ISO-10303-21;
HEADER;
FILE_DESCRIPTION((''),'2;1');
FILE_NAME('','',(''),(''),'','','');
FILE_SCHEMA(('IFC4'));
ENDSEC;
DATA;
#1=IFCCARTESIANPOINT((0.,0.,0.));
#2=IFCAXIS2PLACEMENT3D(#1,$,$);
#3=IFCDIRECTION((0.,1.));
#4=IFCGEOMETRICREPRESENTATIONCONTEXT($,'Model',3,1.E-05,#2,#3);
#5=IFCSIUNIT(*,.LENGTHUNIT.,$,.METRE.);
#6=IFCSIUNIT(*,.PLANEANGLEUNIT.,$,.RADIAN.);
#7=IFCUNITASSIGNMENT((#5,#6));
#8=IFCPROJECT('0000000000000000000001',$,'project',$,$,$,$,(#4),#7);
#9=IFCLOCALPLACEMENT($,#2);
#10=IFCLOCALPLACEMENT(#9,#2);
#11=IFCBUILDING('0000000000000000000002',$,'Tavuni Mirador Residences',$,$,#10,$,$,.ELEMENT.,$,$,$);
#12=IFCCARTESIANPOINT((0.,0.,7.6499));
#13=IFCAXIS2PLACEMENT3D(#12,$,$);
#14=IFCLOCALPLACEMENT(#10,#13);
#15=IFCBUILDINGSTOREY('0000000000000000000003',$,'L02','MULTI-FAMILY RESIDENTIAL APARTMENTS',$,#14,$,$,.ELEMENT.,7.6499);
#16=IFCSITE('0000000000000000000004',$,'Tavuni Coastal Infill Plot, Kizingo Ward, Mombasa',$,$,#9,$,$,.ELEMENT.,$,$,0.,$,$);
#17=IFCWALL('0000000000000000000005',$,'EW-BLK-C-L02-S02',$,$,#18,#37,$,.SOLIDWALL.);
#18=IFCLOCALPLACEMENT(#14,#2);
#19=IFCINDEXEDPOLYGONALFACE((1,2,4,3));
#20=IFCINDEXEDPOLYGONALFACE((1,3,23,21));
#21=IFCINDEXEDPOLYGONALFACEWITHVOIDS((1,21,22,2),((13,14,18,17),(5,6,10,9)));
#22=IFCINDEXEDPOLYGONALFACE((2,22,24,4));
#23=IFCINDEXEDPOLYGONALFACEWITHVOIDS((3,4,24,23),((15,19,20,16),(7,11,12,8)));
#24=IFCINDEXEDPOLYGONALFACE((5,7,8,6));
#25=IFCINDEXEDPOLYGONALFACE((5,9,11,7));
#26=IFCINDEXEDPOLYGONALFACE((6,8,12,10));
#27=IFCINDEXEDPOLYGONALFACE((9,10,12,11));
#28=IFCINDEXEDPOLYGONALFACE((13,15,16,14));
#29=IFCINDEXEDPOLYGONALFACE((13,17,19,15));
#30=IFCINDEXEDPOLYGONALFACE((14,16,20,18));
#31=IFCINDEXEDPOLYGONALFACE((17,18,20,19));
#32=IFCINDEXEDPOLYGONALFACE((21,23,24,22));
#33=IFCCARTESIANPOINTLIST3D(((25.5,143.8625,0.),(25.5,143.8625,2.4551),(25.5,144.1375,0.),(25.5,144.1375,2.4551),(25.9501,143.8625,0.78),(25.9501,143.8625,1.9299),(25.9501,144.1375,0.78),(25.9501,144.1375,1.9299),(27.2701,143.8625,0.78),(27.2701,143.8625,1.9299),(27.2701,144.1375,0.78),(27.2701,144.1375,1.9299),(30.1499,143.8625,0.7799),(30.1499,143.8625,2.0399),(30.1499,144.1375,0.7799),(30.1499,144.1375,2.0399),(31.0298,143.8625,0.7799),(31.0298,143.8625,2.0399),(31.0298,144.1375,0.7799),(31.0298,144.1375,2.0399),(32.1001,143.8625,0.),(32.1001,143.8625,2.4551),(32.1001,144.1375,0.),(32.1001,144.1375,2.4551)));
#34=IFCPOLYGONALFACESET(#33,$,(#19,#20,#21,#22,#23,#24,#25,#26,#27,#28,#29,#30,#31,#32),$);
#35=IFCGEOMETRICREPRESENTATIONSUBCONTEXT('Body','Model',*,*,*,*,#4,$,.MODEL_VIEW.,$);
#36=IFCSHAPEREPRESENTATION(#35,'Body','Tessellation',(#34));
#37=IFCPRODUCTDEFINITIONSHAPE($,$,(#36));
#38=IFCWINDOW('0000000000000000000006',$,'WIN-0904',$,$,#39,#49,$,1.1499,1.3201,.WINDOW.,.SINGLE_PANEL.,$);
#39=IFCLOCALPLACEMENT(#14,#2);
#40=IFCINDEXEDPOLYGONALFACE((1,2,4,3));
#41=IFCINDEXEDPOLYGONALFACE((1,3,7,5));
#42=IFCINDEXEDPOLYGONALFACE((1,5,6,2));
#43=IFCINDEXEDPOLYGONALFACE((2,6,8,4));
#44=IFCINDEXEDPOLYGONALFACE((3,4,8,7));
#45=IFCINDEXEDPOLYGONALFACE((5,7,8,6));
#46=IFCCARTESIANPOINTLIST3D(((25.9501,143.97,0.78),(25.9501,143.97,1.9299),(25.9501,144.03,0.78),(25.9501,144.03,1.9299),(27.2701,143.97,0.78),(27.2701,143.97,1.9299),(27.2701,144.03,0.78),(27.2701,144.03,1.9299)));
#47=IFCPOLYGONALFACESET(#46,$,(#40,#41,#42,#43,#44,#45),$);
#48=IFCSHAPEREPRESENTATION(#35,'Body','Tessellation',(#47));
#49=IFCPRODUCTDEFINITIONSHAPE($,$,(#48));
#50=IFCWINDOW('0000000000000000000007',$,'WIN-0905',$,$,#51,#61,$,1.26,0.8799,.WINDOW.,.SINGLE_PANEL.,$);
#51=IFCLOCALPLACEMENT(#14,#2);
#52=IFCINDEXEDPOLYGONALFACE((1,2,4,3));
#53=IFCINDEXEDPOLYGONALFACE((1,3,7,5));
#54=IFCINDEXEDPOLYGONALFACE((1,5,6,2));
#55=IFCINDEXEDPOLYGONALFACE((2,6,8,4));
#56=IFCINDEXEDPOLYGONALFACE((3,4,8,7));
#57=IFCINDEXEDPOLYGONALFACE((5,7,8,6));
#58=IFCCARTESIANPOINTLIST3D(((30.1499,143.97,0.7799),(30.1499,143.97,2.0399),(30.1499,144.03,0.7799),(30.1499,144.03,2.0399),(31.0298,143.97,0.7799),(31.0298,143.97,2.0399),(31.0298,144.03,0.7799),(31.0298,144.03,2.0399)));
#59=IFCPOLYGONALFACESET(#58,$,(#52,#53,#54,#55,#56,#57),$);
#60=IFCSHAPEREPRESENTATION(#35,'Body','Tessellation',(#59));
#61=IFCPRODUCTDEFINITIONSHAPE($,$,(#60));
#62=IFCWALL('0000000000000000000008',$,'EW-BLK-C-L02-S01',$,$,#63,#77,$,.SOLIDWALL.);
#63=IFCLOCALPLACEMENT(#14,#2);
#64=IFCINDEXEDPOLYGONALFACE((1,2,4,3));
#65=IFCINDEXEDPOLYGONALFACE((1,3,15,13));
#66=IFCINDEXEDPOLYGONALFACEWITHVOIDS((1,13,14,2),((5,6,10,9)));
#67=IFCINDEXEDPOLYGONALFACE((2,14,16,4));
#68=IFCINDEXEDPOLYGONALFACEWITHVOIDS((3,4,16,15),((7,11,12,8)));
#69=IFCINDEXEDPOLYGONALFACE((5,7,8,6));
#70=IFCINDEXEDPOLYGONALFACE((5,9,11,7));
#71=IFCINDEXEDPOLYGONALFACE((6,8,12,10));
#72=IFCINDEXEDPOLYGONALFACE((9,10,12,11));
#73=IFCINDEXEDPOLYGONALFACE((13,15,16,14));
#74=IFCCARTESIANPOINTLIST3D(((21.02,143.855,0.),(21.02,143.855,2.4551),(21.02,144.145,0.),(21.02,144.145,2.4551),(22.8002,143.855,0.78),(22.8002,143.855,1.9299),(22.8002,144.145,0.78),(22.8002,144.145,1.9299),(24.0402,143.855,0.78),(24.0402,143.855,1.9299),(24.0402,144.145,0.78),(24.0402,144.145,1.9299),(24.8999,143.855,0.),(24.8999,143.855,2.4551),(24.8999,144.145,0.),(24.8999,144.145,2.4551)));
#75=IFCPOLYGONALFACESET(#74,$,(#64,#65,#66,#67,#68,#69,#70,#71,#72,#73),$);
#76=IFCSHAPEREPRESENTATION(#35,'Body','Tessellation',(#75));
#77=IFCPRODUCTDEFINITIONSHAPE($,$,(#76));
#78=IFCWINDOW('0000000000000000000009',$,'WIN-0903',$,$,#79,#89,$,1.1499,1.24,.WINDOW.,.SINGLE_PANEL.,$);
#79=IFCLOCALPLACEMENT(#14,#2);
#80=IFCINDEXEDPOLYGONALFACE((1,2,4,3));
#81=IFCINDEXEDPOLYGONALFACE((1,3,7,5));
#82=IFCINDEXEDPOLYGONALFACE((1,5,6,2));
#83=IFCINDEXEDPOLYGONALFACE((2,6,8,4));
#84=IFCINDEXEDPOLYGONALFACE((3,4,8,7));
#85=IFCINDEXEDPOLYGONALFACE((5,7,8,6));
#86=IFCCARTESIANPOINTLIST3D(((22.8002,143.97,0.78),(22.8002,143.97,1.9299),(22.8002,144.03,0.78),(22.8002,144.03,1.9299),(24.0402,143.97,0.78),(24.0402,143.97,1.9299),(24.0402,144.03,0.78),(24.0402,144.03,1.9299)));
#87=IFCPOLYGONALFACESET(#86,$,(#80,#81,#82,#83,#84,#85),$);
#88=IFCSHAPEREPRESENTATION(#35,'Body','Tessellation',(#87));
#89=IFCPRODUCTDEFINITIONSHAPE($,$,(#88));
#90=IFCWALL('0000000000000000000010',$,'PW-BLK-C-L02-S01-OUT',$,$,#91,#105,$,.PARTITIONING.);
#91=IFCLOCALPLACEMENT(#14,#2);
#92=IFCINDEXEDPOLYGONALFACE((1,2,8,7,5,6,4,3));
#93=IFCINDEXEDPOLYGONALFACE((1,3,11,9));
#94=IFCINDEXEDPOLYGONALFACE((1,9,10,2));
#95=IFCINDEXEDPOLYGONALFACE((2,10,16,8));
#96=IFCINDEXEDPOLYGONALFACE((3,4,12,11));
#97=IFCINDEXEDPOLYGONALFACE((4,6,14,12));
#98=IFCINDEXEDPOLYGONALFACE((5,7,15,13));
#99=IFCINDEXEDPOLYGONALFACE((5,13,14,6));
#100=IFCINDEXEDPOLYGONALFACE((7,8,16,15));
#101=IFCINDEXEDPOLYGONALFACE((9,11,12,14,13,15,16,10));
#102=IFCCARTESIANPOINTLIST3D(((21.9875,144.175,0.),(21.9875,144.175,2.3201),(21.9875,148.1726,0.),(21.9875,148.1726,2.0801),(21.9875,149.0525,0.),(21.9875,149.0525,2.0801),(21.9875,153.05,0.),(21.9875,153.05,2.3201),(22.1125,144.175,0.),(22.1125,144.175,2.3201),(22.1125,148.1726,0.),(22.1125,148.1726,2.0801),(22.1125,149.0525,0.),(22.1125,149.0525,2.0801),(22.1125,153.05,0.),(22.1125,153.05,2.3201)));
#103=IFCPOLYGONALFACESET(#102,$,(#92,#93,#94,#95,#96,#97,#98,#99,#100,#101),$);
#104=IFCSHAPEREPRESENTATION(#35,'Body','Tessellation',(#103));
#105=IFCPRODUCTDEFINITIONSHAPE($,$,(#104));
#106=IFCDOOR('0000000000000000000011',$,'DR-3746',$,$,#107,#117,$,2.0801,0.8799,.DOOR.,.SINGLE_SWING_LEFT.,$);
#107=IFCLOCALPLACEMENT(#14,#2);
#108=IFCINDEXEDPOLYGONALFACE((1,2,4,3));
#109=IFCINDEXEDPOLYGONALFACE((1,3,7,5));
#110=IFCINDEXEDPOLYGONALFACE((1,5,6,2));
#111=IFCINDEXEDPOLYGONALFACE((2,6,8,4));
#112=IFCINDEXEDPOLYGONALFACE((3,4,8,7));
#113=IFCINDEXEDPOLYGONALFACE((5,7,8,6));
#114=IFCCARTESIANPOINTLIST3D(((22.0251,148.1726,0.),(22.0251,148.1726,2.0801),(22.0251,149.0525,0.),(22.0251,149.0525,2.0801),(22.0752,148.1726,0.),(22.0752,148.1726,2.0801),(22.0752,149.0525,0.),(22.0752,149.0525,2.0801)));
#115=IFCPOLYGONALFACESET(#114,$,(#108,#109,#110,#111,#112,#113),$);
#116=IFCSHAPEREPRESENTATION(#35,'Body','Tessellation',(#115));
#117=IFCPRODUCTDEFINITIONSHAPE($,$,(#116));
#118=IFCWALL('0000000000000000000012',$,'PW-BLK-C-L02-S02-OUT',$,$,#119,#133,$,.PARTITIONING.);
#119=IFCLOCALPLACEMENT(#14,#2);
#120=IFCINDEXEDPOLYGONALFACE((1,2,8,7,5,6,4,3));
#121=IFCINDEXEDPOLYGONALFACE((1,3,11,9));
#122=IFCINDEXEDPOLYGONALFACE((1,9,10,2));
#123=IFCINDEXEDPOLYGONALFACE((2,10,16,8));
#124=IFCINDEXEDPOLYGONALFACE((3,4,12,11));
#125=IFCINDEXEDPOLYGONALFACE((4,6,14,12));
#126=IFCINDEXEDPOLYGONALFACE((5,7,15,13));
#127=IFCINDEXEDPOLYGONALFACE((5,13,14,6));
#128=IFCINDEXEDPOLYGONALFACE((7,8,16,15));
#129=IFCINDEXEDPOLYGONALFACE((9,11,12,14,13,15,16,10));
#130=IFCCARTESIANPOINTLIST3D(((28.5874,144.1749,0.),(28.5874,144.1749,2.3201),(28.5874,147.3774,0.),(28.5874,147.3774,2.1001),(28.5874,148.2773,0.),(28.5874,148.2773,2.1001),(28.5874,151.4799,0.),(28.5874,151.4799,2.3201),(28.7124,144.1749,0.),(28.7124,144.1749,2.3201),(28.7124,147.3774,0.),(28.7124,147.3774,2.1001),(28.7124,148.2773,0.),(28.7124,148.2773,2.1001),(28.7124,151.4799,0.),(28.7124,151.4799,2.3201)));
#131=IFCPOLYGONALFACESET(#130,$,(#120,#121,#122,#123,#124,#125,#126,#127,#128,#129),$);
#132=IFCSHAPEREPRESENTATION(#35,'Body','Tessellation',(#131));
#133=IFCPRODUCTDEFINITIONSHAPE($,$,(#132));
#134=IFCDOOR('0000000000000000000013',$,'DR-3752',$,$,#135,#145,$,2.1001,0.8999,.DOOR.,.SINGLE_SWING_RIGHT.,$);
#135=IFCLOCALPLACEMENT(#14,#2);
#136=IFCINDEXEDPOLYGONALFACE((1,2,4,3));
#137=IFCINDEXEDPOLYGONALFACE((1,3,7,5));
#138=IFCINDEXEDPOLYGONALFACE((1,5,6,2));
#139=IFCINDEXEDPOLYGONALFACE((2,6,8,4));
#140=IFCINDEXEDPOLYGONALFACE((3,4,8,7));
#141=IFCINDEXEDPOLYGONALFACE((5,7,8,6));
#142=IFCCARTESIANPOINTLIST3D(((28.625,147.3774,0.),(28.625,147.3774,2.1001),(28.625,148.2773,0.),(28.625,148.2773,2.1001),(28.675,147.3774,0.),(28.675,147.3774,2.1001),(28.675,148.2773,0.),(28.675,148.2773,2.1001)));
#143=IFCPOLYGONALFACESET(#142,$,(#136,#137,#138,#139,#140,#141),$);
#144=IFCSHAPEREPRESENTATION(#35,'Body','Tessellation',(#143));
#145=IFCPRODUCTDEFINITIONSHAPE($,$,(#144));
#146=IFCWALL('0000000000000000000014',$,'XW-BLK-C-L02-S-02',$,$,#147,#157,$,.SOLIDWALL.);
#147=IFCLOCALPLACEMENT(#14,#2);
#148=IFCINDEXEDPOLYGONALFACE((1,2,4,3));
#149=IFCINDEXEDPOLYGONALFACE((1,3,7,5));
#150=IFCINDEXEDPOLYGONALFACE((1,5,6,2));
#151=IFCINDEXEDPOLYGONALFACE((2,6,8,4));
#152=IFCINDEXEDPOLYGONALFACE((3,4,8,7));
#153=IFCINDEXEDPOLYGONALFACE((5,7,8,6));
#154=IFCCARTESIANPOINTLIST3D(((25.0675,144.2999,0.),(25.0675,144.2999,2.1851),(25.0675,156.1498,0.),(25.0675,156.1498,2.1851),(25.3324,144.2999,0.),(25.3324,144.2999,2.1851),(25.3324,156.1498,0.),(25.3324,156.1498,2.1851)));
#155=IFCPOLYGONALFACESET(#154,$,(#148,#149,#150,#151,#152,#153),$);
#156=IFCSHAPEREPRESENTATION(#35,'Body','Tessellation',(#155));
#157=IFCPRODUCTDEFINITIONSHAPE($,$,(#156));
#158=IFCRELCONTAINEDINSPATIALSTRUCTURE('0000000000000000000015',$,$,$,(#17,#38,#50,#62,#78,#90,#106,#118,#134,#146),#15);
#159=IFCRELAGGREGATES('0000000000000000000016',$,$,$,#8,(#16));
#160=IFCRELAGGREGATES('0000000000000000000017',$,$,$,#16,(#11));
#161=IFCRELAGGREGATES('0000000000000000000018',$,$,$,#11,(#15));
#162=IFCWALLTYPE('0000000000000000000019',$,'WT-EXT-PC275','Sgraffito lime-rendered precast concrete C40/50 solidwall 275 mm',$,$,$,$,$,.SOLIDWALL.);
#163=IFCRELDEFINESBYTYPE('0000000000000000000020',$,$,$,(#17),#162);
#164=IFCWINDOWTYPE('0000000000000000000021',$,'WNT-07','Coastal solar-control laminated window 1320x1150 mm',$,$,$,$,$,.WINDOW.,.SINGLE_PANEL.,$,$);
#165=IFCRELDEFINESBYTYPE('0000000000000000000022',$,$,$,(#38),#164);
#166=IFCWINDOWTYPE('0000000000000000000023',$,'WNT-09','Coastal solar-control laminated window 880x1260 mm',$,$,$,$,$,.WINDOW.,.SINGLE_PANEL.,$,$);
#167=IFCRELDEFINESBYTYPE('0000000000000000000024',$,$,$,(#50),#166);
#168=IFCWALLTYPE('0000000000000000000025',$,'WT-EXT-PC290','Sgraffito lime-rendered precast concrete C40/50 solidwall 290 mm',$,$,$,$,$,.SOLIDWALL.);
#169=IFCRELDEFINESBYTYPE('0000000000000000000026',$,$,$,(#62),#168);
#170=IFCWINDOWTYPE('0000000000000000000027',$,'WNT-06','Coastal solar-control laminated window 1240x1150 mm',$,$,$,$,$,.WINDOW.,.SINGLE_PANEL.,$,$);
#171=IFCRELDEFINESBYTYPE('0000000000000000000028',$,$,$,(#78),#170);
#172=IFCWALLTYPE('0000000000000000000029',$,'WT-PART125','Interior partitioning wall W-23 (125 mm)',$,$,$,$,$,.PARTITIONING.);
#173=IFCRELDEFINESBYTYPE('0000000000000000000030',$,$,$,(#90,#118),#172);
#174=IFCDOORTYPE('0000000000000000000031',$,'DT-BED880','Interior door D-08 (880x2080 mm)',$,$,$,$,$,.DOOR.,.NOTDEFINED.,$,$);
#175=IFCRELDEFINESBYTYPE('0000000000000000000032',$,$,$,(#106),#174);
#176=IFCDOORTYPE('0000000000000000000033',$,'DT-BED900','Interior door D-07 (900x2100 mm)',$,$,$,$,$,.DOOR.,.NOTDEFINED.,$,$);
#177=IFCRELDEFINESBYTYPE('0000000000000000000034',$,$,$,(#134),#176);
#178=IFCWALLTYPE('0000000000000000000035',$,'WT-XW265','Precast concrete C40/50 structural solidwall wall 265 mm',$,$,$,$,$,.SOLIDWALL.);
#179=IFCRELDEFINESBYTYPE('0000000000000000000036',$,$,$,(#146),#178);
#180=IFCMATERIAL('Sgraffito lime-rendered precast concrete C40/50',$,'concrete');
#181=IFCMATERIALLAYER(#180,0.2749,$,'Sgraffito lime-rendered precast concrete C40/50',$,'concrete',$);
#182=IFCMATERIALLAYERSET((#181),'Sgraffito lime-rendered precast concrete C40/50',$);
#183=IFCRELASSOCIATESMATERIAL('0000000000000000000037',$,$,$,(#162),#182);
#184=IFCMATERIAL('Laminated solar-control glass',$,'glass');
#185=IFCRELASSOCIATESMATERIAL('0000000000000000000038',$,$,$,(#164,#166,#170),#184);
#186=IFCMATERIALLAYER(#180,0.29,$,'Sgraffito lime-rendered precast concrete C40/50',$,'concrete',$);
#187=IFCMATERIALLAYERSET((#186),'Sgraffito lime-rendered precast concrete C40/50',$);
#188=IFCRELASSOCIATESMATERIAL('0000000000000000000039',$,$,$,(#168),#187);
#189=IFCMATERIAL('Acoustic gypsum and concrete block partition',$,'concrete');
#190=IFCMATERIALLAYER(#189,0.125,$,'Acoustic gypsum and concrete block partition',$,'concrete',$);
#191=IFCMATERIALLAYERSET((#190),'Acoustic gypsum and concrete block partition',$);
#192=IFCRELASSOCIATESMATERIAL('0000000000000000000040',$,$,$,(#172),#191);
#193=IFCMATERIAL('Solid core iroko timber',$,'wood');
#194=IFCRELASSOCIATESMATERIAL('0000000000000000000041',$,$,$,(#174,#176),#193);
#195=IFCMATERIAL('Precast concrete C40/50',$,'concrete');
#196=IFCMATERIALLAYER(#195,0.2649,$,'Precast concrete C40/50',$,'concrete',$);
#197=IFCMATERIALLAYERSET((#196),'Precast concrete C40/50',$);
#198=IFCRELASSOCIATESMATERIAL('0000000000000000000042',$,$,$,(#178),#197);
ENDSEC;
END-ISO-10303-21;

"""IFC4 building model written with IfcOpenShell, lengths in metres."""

from ifc_helpers import new_model, si_unit, direction, frame, frame_2d, origin, place, context, subcontext, project, spatial, rectangle, extrude, material, layer, layer_set, type_object, element, fill, save


model = new_model("IFC4")

# Units and contexts
model_context = context("Model", 3, precision=1e-05, world=origin(), true_north=direction((0.0, 1.0)))
body_context = subcontext(model_context, "Body", "Model", "MODEL_VIEW")
ifc_project = project(units=[si_unit("LENGTHUNIT", "METRE"), si_unit("PLANEANGLEUNIT", "RADIAN")], contexts=[model_context])

# Site, building, storey
site_placement = place(None, origin())
site = spatial("IfcSite", under=ifc_project, at=site_placement, Name="Tavuni Coastal Infill Plot, Kizingo Ward, Mombasa", CompositionType="ELEMENT", RefElevation=0.0)
building_placement = place(site_placement, origin())
building = spatial("IfcBuilding", under=site, at=building_placement, Name="Tavuni Mirador Residences", CompositionType="ELEMENT")
storey_placement = place(building_placement, frame((0.0, 0.0, 7.6499)))
storey = spatial("IfcBuildingStorey", under=building, at=storey_placement, Name="L02", Description="MULTI-FAMILY RESIDENTIAL APARTMENTS", CompositionType="ELEMENT", Elevation=7.6499)

# Shared definitions
ifc_material_1 = material(Name="Precast concrete C40/50", Category="concrete")

# Wall, openings, windows
ifc_material_2 = material(Name="Sgraffito lime-rendered precast concrete C40/50", Category="concrete")
ifc_layer_1 = layer(ifc_material_2, 0.2749, Name="Sgraffito lime-rendered precast concrete C40/50", Category="concrete")
ifc_layer_set_1 = layer_set([ifc_layer_1], Name="Sgraffito lime-rendered precast concrete C40/50")
wall_type_1 = type_object("IfcWallType", Name="WT-EXT-PC275", Description="Sgraffito lime-rendered precast concrete C40/50 solidwall 275 mm", PredefinedType="SOLIDWALL", material=ifc_layer_set_1)
wall_1_placement = place(storey_placement, frame((25.5, 144.0, 0.0), z_axis=(0.0, 0.0, 1.0), x_axis=(1.0, 0.0, 0.0)))
wall_1 = element("IfcWall", 1, at=wall_1_placement, inside=storey, type_object=wall_type_1, Name="EW-BLK-C-L02-S02", PredefinedType="SOLIDWALL", context=body_context, shape_type="SweptSolid", body=[
    extrude(rectangle(XDim=6.6001, YDim=0.2749, at=frame_2d((3.3, 0.0))), origin(), (0.0, 0.0, 1.0), 2.4551),
])
opening_1_placement = place(wall_1_placement, frame((0.45, 0.0, 0.78)))
opening_1 = element("IfcOpeningElement", 2, at=opening_1_placement, cuts=wall_1, PredefinedType="OPENING", context=body_context, shape_type="SweptSolid", body=[
    extrude(rectangle(XDim=1.3201, YDim=1.1499, at=frame_2d((0.6602, 0.575))), frame((0.0, 0.1475, 0.0), z_axis=(0.0, -1.0, 0.0), x_axis=(1.0, 0.0, 0.0)), (0.0, 0.0, 1.0), 0.2949),
])
opening_2_placement = place(wall_1_placement, frame((4.6499, 0.0, 0.78)))
opening_2 = element("IfcOpeningElement", 3, at=opening_2_placement, cuts=wall_1, PredefinedType="OPENING", context=body_context, shape_type="SweptSolid", body=[
    extrude(rectangle(XDim=0.8799, YDim=1.26, at=frame_2d((0.4399, 0.6299))), frame((0.0, 0.1475, 0.0), z_axis=(0.0, -1.0, 0.0), x_axis=(1.0, 0.0, 0.0)), (0.0, 0.0, 1.0), 0.2949),
])
ifc_material_3 = material(Name="Laminated solar-control glass", Category="glass")
window_type_1 = type_object("IfcWindowType", Name="WNT-07", Description="Coastal solar-control laminated window 1320x1150 mm", PartitioningType="SINGLE_PANEL", PredefinedType="WINDOW", material=ifc_material_3)
window_1_placement = place(opening_1_placement, origin())
window_1 = element("IfcWindow", 4, at=window_1_placement, inside=storey, type_object=window_type_1, Name="WIN-0904", OverallHeight=1.1499, OverallWidth=1.3201, PartitioningType="SINGLE_PANEL", PredefinedType="WINDOW", context=body_context, shape_type="SweptSolid", body=[
    extrude(rectangle(XDim=1.3201, YDim=1.1499, at=frame_2d((0.6602, 0.575))), frame((0.0, 0.03, 0.0), z_axis=(0.0, -1.0, 0.0), x_axis=(1.0, 0.0, 0.0)), (0.0, 0.0, 1.0), 0.0601),
])
fill(opening_1, window_1)
window_type_2 = type_object("IfcWindowType", Name="WNT-09", Description="Coastal solar-control laminated window 880x1260 mm", PartitioningType="SINGLE_PANEL", PredefinedType="WINDOW", material=ifc_material_3)
window_2_placement = place(opening_2_placement, origin())
window_2 = element("IfcWindow", 5, at=window_2_placement, inside=storey, type_object=window_type_2, Name="WIN-0905", OverallHeight=1.26, OverallWidth=0.8799, PartitioningType="SINGLE_PANEL", PredefinedType="WINDOW", context=body_context, shape_type="SweptSolid", body=[
    extrude(rectangle(XDim=0.8799, YDim=1.26, at=frame_2d((0.4399, 0.6299))), frame((0.0, 0.03, 0.0), z_axis=(0.0, -1.0, 0.0), x_axis=(1.0, 0.0, 0.0)), (0.0, 0.0, 1.0), 0.0601),
])
fill(opening_2, window_2)

# Wall, opening, window
ifc_layer_2 = layer(ifc_material_2, 0.29, Name="Sgraffito lime-rendered precast concrete C40/50", Category="concrete")
ifc_layer_set_2 = layer_set([ifc_layer_2], Name="Sgraffito lime-rendered precast concrete C40/50")
wall_type_2 = type_object("IfcWallType", Name="WT-EXT-PC290", Description="Sgraffito lime-rendered precast concrete C40/50 solidwall 290 mm", PredefinedType="SOLIDWALL", material=ifc_layer_set_2)
wall_2_placement = place(storey_placement, frame((21.02, 144.0, 0.0), z_axis=(0.0, 0.0, 1.0), x_axis=(1.0, 0.0, 0.0)))
wall_2 = element("IfcWall", 6, at=wall_2_placement, inside=storey, type_object=wall_type_2, Name="EW-BLK-C-L02-S01", PredefinedType="SOLIDWALL", context=body_context, shape_type="SweptSolid", body=[
    extrude(rectangle(XDim=3.8799, YDim=0.29, at=frame_2d((1.9399, 0.0))), origin(), (0.0, 0.0, 1.0), 2.4551),
])
opening_3_placement = place(wall_2_placement, frame((1.78, 0.0, 0.78)))
opening_3 = element("IfcOpeningElement", 7, at=opening_3_placement, cuts=wall_2, PredefinedType="OPENING", context=body_context, shape_type="SweptSolid", body=[
    extrude(rectangle(XDim=1.24, YDim=1.1499, at=frame_2d((0.6201, 0.575))), frame((0.0, 0.155, 0.0), z_axis=(0.0, -1.0, 0.0), x_axis=(1.0, 0.0, 0.0)), (0.0, 0.0, 1.0), 0.3101),
])
window_type_3 = type_object("IfcWindowType", Name="WNT-06", Description="Coastal solar-control laminated window 1240x1150 mm", PartitioningType="SINGLE_PANEL", PredefinedType="WINDOW", material=ifc_material_3)
window_3_placement = place(opening_3_placement, origin())
window_3 = element("IfcWindow", 8, at=window_3_placement, inside=storey, type_object=window_type_3, Name="WIN-0903", OverallHeight=1.1499, OverallWidth=1.24, PartitioningType="SINGLE_PANEL", PredefinedType="WINDOW", context=body_context, shape_type="SweptSolid", body=[
    extrude(rectangle(XDim=1.24, YDim=1.1499, at=frame_2d((0.6201, 0.575))), frame((0.0, 0.03, 0.0), z_axis=(0.0, -1.0, 0.0), x_axis=(1.0, 0.0, 0.0)), (0.0, 0.0, 1.0), 0.0601),
])
fill(opening_3, window_3)

# Walls, openings, doors
ifc_material_4 = material(Name="Acoustic gypsum and concrete block partition", Category="concrete")
ifc_layer_3 = layer(ifc_material_4, 0.125, Name="Acoustic gypsum and concrete block partition", Category="concrete")
ifc_layer_set_3 = layer_set([ifc_layer_3], Name="Acoustic gypsum and concrete block partition")
wall_type_3 = type_object("IfcWallType", Name="WT-PART125", Description="Interior partitioning wall W-23 (125 mm)", PredefinedType="PARTITIONING", material=ifc_layer_set_3)
wall_3_placement = place(storey_placement, frame((22.05, 144.175, 0.0), z_axis=(0.0, 0.0, 1.0), x_axis=(0.0, 1.0, 0.0)))
wall_3 = element("IfcWall", 9, at=wall_3_placement, inside=storey, type_object=wall_type_3, Name="PW-BLK-C-L02-S01-OUT", PredefinedType="PARTITIONING", context=body_context, shape_type="SweptSolid", body=[
    extrude(rectangle(XDim=8.875, YDim=0.125, at=frame_2d((4.4375, 0.0))), origin(), (0.0, 0.0, 1.0), 2.3201),
])
opening_4_placement = place(wall_3_placement, frame((3.9976, 0.0, 0.0)))
opening_4 = element("IfcOpeningElement", 10, at=opening_4_placement, cuts=wall_3, PredefinedType="OPENING", context=body_context, shape_type="SweptSolid", body=[
    extrude(rectangle(XDim=0.8799, YDim=2.0801, at=frame_2d((0.4399, 1.04))), frame((0.0, 0.0725, 0.0), z_axis=(0.0, -1.0, 0.0), x_axis=(1.0, 0.0, 0.0)), (0.0, 0.0, 1.0), 0.145),
])
ifc_material_5 = material(Name="Solid core iroko timber", Category="wood")
door_type_1 = type_object("IfcDoorType", Name="DT-BED880", Description="Interior door D-08 (880x2080 mm)", OperationType="NOTDEFINED", PredefinedType="DOOR", material=ifc_material_5)
door_1_placement = place(opening_4_placement, origin())
door_1 = element("IfcDoor", 11, at=door_1_placement, inside=storey, type_object=door_type_1, Name="DR-3746", OperationType="SINGLE_SWING_LEFT", OverallHeight=2.0801, OverallWidth=0.8799, PredefinedType="DOOR", context=body_context, shape_type="SweptSolid", body=[
    extrude(rectangle(XDim=0.8799, YDim=2.0801, at=frame_2d((0.4399, 1.04))), frame((0.0, 0.0249, 0.0), z_axis=(0.0, -1.0, 0.0), x_axis=(1.0, 0.0, 0.0)), (0.0, 0.0, 1.0), 0.05),
])
fill(opening_4, door_1)
wall_4_placement = place(storey_placement, frame((28.6499, 144.175, 0.0), z_axis=(0.0, 0.0, 1.0), x_axis=(0.0, 1.0, 0.0)))
wall_4 = element("IfcWall", 12, at=wall_4_placement, inside=storey, type_object=wall_type_3, Name="PW-BLK-C-L02-S02-OUT", PredefinedType="PARTITIONING", context=body_context, shape_type="SweptSolid", body=[
    extrude(rectangle(XDim=7.3049, YDim=0.125, at=frame_2d((3.6523, 0.0))), origin(), (0.0, 0.0, 1.0), 2.3201),
])
opening_5_placement = place(wall_4_placement, frame((3.2024, 0.0, 0.0)))
opening_5 = element("IfcOpeningElement", 13, at=opening_5_placement, cuts=wall_4, PredefinedType="OPENING", context=body_context, shape_type="SweptSolid", body=[
    extrude(rectangle(XDim=0.8999, YDim=2.1001, at=frame_2d((0.45, 1.05))), frame((0.0, 0.0725, 0.0), z_axis=(0.0, -1.0, 0.0), x_axis=(1.0, 0.0, 0.0)), (0.0, 0.0, 1.0), 0.145),
])
door_type_2 = type_object("IfcDoorType", Name="DT-BED900", Description="Interior door D-07 (900x2100 mm)", OperationType="NOTDEFINED", PredefinedType="DOOR", material=ifc_material_5)
door_2_placement = place(opening_5_placement, origin())
door_2 = element("IfcDoor", 14, at=door_2_placement, inside=storey, type_object=door_type_2, Name="DR-3752", OperationType="SINGLE_SWING_RIGHT", OverallHeight=2.1001, OverallWidth=0.8999, PredefinedType="DOOR", context=body_context, shape_type="SweptSolid", body=[
    extrude(rectangle(XDim=0.8999, YDim=2.1001, at=frame_2d((0.45, 1.05))), frame((0.0, 0.0249, 0.0), z_axis=(0.0, -1.0, 0.0), x_axis=(1.0, 0.0, 0.0)), (0.0, 0.0, 1.0), 0.05),
])
fill(opening_5, door_2)

# Wall
ifc_layer_4 = layer(ifc_material_1, 0.2649, Name="Precast concrete C40/50", Category="concrete")
ifc_layer_set_4 = layer_set([ifc_layer_4], Name="Precast concrete C40/50")
wall_type_4 = type_object("IfcWallType", Name="WT-XW265", Description="Precast concrete C40/50 structural solidwall wall 265 mm", PredefinedType="SOLIDWALL", material=ifc_layer_set_4)
wall_5_placement = place(storey_placement, frame((25.2, 144.3, 0.0), z_axis=(0.0, 0.0, 1.0), x_axis=(0.0, 1.0, 0.0)))
element("IfcWall", 15, at=wall_5_placement, inside=storey, type_object=wall_type_4, Name="XW-BLK-C-L02-S-02", PredefinedType="SOLIDWALL", context=body_context, shape_type="SweptSolid", body=[
    extrude(rectangle(XDim=11.8499, YDim=0.2649, at=frame_2d((5.9248, 0.0))), origin(), (0.0, 0.0, 1.0), 2.1851),
])

save(model, "model.ifc")
